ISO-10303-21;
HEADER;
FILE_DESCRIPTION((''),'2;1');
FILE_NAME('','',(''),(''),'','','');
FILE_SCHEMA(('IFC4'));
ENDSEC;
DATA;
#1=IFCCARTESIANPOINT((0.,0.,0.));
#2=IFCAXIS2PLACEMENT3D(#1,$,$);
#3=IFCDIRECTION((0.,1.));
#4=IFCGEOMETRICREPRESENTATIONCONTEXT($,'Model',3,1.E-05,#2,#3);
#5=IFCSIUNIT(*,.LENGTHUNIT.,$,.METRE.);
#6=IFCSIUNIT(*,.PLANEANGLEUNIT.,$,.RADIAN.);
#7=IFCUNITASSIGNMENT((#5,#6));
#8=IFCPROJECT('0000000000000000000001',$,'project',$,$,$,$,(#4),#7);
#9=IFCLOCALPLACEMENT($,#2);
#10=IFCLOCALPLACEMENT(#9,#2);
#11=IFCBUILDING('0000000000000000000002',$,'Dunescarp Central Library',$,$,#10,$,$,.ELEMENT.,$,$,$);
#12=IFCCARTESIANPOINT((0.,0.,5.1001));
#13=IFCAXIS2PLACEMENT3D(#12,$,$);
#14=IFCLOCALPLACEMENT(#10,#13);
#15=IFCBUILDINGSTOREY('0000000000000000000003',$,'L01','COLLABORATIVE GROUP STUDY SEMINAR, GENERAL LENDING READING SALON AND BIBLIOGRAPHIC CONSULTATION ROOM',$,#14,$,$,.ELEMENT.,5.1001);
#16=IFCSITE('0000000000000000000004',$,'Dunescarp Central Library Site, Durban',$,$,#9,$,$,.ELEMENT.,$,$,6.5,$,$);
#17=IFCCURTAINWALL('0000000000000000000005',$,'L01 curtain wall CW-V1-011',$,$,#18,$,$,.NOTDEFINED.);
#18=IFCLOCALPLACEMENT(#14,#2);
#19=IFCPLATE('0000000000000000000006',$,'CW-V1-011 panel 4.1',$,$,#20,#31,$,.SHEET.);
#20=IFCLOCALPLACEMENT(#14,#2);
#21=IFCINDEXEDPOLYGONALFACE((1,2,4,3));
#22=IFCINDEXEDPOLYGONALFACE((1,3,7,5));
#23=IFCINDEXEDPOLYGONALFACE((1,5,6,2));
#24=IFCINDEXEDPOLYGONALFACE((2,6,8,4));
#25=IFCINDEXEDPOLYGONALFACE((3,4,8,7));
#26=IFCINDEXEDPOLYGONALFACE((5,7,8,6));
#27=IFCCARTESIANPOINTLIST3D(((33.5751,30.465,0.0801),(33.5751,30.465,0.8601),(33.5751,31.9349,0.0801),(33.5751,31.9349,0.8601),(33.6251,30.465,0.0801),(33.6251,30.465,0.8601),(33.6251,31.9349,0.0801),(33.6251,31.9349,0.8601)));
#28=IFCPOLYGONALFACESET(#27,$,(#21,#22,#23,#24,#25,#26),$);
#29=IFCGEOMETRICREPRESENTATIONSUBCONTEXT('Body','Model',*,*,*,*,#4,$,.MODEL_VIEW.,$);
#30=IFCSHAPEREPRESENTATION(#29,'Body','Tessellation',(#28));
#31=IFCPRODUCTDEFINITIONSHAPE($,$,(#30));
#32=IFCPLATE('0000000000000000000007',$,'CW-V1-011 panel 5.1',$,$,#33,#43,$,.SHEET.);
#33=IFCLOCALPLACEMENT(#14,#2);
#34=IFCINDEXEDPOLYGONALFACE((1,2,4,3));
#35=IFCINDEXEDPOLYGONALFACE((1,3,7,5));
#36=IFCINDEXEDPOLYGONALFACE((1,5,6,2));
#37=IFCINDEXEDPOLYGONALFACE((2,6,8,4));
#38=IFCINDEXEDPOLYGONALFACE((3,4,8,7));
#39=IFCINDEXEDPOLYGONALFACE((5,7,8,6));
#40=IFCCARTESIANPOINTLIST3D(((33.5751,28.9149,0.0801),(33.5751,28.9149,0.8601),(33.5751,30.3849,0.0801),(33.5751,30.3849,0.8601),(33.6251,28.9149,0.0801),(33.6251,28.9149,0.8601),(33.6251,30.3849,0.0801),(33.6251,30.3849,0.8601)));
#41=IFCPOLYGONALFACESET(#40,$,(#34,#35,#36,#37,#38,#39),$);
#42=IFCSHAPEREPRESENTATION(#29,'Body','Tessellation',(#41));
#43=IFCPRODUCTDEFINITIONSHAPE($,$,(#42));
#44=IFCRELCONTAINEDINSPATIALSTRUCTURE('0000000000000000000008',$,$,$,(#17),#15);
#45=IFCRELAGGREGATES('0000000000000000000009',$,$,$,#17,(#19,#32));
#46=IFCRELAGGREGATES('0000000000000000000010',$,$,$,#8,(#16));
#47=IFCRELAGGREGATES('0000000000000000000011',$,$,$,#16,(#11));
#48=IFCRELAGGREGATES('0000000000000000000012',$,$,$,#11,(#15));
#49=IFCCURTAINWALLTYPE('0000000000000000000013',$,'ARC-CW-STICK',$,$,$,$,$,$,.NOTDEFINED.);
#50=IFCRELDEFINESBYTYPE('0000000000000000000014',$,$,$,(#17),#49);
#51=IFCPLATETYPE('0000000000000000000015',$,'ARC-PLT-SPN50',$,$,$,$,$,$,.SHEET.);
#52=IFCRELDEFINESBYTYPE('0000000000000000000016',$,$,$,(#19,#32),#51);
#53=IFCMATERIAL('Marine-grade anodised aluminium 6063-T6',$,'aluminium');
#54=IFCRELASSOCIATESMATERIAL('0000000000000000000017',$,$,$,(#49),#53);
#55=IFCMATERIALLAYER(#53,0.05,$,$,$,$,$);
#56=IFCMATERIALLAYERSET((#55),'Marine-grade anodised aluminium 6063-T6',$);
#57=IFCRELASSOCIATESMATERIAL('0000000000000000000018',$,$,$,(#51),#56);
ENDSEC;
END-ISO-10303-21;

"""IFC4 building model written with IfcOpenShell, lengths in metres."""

from ifc_helpers import new_model, si_unit, direction, frame, origin, origin_2d, place, context, subcontext, project, spatial, rectangle, extrude, material, layer, layer_set, type_object, element, aggregate, save


model = new_model("IFC4")

# Units and contexts
model_context = context("Model", 3, precision=1e-05, world=origin(), true_north=direction((0.0, 1.0)))
body_context = subcontext(model_context, "Body", "Model", "MODEL_VIEW")
ifc_project = project(units=[si_unit("LENGTHUNIT", "METRE"), si_unit("PLANEANGLEUNIT", "RADIAN")], contexts=[model_context])

# Site, building, storey
site_placement = place(None, origin())
site = spatial("IfcSite", under=ifc_project, at=site_placement, Name="Dunescarp Central Library Site, Durban", CompositionType="ELEMENT", RefElevation=6.5)
building_placement = place(site_placement, origin())
building = spatial("IfcBuilding", under=site, at=building_placement, Name="Dunescarp Central Library", CompositionType="ELEMENT")
storey_placement = place(building_placement, frame((0.0, 0.0, 5.1001)))
storey = spatial("IfcBuildingStorey", under=building, at=storey_placement, Name="L01", Description="COLLABORATIVE GROUP STUDY SEMINAR, GENERAL LENDING READING SALON AND BIBLIOGRAPHIC CONSULTATION ROOM", CompositionType="ELEMENT", Elevation=5.1001)

# Curtain wall
ifc_material_1 = material(Name="Marine-grade anodised aluminium 6063-T6", Category="aluminium")
curtain_wall_type = type_object("IfcCurtainWallType", Name="ARC-CW-STICK", PredefinedType="NOTDEFINED", material=ifc_material_1)
curtain_wall_placement = place(storey_placement, origin())
curtain_wall = element("IfcCurtainWall", 1, at=curtain_wall_placement, inside=storey, type_object=curtain_wall_type, Name="L01 curtain wall CW-V1-011", PredefinedType="NOTDEFINED")

# Plates
ifc_layer_1 = layer(ifc_material_1, 0.05)
ifc_layer_set_1 = layer_set([ifc_layer_1], Name="Marine-grade anodised aluminium 6063-T6")
plate_type_1 = type_object("IfcPlateType", Name="ARC-PLT-SPN50", PredefinedType="SHEET", material=ifc_layer_set_1)
plate_1_placement = place(storey_placement, frame((33.6001, 31.2, 0.0801), z_axis=(0.0, 0.0, 1.0), x_axis=(0.0, -1.0, 0.0)))
plate_1 = element("IfcPlate", 2, at=plate_1_placement, type_object=plate_type_1, Name="CW-V1-011 panel 4.1", PredefinedType="SHEET", context=body_context, shape_type="SweptSolid", body=[
    extrude(rectangle(XDim=1.47, YDim=0.05, at=origin_2d()), origin(), (0.0, 0.0, 1.0), 0.78),
])
plate_2_placement = place(storey_placement, frame((33.6001, 29.6499, 0.0801), z_axis=(0.0, 0.0, 1.0), x_axis=(0.0, -1.0, 0.0)))
plate_2 = element("IfcPlate", 3, at=plate_2_placement, type_object=plate_type_1, Name="CW-V1-011 panel 5.1", PredefinedType="SHEET", context=body_context, shape_type="SweptSolid", body=[
    extrude(rectangle(XDim=1.47, YDim=0.05, at=origin_2d()), origin(), (0.0, 0.0, 1.0), 0.78),
])
aggregate(curtain_wall, [plate_1, plate_2])

save(model, "model.ifc")
